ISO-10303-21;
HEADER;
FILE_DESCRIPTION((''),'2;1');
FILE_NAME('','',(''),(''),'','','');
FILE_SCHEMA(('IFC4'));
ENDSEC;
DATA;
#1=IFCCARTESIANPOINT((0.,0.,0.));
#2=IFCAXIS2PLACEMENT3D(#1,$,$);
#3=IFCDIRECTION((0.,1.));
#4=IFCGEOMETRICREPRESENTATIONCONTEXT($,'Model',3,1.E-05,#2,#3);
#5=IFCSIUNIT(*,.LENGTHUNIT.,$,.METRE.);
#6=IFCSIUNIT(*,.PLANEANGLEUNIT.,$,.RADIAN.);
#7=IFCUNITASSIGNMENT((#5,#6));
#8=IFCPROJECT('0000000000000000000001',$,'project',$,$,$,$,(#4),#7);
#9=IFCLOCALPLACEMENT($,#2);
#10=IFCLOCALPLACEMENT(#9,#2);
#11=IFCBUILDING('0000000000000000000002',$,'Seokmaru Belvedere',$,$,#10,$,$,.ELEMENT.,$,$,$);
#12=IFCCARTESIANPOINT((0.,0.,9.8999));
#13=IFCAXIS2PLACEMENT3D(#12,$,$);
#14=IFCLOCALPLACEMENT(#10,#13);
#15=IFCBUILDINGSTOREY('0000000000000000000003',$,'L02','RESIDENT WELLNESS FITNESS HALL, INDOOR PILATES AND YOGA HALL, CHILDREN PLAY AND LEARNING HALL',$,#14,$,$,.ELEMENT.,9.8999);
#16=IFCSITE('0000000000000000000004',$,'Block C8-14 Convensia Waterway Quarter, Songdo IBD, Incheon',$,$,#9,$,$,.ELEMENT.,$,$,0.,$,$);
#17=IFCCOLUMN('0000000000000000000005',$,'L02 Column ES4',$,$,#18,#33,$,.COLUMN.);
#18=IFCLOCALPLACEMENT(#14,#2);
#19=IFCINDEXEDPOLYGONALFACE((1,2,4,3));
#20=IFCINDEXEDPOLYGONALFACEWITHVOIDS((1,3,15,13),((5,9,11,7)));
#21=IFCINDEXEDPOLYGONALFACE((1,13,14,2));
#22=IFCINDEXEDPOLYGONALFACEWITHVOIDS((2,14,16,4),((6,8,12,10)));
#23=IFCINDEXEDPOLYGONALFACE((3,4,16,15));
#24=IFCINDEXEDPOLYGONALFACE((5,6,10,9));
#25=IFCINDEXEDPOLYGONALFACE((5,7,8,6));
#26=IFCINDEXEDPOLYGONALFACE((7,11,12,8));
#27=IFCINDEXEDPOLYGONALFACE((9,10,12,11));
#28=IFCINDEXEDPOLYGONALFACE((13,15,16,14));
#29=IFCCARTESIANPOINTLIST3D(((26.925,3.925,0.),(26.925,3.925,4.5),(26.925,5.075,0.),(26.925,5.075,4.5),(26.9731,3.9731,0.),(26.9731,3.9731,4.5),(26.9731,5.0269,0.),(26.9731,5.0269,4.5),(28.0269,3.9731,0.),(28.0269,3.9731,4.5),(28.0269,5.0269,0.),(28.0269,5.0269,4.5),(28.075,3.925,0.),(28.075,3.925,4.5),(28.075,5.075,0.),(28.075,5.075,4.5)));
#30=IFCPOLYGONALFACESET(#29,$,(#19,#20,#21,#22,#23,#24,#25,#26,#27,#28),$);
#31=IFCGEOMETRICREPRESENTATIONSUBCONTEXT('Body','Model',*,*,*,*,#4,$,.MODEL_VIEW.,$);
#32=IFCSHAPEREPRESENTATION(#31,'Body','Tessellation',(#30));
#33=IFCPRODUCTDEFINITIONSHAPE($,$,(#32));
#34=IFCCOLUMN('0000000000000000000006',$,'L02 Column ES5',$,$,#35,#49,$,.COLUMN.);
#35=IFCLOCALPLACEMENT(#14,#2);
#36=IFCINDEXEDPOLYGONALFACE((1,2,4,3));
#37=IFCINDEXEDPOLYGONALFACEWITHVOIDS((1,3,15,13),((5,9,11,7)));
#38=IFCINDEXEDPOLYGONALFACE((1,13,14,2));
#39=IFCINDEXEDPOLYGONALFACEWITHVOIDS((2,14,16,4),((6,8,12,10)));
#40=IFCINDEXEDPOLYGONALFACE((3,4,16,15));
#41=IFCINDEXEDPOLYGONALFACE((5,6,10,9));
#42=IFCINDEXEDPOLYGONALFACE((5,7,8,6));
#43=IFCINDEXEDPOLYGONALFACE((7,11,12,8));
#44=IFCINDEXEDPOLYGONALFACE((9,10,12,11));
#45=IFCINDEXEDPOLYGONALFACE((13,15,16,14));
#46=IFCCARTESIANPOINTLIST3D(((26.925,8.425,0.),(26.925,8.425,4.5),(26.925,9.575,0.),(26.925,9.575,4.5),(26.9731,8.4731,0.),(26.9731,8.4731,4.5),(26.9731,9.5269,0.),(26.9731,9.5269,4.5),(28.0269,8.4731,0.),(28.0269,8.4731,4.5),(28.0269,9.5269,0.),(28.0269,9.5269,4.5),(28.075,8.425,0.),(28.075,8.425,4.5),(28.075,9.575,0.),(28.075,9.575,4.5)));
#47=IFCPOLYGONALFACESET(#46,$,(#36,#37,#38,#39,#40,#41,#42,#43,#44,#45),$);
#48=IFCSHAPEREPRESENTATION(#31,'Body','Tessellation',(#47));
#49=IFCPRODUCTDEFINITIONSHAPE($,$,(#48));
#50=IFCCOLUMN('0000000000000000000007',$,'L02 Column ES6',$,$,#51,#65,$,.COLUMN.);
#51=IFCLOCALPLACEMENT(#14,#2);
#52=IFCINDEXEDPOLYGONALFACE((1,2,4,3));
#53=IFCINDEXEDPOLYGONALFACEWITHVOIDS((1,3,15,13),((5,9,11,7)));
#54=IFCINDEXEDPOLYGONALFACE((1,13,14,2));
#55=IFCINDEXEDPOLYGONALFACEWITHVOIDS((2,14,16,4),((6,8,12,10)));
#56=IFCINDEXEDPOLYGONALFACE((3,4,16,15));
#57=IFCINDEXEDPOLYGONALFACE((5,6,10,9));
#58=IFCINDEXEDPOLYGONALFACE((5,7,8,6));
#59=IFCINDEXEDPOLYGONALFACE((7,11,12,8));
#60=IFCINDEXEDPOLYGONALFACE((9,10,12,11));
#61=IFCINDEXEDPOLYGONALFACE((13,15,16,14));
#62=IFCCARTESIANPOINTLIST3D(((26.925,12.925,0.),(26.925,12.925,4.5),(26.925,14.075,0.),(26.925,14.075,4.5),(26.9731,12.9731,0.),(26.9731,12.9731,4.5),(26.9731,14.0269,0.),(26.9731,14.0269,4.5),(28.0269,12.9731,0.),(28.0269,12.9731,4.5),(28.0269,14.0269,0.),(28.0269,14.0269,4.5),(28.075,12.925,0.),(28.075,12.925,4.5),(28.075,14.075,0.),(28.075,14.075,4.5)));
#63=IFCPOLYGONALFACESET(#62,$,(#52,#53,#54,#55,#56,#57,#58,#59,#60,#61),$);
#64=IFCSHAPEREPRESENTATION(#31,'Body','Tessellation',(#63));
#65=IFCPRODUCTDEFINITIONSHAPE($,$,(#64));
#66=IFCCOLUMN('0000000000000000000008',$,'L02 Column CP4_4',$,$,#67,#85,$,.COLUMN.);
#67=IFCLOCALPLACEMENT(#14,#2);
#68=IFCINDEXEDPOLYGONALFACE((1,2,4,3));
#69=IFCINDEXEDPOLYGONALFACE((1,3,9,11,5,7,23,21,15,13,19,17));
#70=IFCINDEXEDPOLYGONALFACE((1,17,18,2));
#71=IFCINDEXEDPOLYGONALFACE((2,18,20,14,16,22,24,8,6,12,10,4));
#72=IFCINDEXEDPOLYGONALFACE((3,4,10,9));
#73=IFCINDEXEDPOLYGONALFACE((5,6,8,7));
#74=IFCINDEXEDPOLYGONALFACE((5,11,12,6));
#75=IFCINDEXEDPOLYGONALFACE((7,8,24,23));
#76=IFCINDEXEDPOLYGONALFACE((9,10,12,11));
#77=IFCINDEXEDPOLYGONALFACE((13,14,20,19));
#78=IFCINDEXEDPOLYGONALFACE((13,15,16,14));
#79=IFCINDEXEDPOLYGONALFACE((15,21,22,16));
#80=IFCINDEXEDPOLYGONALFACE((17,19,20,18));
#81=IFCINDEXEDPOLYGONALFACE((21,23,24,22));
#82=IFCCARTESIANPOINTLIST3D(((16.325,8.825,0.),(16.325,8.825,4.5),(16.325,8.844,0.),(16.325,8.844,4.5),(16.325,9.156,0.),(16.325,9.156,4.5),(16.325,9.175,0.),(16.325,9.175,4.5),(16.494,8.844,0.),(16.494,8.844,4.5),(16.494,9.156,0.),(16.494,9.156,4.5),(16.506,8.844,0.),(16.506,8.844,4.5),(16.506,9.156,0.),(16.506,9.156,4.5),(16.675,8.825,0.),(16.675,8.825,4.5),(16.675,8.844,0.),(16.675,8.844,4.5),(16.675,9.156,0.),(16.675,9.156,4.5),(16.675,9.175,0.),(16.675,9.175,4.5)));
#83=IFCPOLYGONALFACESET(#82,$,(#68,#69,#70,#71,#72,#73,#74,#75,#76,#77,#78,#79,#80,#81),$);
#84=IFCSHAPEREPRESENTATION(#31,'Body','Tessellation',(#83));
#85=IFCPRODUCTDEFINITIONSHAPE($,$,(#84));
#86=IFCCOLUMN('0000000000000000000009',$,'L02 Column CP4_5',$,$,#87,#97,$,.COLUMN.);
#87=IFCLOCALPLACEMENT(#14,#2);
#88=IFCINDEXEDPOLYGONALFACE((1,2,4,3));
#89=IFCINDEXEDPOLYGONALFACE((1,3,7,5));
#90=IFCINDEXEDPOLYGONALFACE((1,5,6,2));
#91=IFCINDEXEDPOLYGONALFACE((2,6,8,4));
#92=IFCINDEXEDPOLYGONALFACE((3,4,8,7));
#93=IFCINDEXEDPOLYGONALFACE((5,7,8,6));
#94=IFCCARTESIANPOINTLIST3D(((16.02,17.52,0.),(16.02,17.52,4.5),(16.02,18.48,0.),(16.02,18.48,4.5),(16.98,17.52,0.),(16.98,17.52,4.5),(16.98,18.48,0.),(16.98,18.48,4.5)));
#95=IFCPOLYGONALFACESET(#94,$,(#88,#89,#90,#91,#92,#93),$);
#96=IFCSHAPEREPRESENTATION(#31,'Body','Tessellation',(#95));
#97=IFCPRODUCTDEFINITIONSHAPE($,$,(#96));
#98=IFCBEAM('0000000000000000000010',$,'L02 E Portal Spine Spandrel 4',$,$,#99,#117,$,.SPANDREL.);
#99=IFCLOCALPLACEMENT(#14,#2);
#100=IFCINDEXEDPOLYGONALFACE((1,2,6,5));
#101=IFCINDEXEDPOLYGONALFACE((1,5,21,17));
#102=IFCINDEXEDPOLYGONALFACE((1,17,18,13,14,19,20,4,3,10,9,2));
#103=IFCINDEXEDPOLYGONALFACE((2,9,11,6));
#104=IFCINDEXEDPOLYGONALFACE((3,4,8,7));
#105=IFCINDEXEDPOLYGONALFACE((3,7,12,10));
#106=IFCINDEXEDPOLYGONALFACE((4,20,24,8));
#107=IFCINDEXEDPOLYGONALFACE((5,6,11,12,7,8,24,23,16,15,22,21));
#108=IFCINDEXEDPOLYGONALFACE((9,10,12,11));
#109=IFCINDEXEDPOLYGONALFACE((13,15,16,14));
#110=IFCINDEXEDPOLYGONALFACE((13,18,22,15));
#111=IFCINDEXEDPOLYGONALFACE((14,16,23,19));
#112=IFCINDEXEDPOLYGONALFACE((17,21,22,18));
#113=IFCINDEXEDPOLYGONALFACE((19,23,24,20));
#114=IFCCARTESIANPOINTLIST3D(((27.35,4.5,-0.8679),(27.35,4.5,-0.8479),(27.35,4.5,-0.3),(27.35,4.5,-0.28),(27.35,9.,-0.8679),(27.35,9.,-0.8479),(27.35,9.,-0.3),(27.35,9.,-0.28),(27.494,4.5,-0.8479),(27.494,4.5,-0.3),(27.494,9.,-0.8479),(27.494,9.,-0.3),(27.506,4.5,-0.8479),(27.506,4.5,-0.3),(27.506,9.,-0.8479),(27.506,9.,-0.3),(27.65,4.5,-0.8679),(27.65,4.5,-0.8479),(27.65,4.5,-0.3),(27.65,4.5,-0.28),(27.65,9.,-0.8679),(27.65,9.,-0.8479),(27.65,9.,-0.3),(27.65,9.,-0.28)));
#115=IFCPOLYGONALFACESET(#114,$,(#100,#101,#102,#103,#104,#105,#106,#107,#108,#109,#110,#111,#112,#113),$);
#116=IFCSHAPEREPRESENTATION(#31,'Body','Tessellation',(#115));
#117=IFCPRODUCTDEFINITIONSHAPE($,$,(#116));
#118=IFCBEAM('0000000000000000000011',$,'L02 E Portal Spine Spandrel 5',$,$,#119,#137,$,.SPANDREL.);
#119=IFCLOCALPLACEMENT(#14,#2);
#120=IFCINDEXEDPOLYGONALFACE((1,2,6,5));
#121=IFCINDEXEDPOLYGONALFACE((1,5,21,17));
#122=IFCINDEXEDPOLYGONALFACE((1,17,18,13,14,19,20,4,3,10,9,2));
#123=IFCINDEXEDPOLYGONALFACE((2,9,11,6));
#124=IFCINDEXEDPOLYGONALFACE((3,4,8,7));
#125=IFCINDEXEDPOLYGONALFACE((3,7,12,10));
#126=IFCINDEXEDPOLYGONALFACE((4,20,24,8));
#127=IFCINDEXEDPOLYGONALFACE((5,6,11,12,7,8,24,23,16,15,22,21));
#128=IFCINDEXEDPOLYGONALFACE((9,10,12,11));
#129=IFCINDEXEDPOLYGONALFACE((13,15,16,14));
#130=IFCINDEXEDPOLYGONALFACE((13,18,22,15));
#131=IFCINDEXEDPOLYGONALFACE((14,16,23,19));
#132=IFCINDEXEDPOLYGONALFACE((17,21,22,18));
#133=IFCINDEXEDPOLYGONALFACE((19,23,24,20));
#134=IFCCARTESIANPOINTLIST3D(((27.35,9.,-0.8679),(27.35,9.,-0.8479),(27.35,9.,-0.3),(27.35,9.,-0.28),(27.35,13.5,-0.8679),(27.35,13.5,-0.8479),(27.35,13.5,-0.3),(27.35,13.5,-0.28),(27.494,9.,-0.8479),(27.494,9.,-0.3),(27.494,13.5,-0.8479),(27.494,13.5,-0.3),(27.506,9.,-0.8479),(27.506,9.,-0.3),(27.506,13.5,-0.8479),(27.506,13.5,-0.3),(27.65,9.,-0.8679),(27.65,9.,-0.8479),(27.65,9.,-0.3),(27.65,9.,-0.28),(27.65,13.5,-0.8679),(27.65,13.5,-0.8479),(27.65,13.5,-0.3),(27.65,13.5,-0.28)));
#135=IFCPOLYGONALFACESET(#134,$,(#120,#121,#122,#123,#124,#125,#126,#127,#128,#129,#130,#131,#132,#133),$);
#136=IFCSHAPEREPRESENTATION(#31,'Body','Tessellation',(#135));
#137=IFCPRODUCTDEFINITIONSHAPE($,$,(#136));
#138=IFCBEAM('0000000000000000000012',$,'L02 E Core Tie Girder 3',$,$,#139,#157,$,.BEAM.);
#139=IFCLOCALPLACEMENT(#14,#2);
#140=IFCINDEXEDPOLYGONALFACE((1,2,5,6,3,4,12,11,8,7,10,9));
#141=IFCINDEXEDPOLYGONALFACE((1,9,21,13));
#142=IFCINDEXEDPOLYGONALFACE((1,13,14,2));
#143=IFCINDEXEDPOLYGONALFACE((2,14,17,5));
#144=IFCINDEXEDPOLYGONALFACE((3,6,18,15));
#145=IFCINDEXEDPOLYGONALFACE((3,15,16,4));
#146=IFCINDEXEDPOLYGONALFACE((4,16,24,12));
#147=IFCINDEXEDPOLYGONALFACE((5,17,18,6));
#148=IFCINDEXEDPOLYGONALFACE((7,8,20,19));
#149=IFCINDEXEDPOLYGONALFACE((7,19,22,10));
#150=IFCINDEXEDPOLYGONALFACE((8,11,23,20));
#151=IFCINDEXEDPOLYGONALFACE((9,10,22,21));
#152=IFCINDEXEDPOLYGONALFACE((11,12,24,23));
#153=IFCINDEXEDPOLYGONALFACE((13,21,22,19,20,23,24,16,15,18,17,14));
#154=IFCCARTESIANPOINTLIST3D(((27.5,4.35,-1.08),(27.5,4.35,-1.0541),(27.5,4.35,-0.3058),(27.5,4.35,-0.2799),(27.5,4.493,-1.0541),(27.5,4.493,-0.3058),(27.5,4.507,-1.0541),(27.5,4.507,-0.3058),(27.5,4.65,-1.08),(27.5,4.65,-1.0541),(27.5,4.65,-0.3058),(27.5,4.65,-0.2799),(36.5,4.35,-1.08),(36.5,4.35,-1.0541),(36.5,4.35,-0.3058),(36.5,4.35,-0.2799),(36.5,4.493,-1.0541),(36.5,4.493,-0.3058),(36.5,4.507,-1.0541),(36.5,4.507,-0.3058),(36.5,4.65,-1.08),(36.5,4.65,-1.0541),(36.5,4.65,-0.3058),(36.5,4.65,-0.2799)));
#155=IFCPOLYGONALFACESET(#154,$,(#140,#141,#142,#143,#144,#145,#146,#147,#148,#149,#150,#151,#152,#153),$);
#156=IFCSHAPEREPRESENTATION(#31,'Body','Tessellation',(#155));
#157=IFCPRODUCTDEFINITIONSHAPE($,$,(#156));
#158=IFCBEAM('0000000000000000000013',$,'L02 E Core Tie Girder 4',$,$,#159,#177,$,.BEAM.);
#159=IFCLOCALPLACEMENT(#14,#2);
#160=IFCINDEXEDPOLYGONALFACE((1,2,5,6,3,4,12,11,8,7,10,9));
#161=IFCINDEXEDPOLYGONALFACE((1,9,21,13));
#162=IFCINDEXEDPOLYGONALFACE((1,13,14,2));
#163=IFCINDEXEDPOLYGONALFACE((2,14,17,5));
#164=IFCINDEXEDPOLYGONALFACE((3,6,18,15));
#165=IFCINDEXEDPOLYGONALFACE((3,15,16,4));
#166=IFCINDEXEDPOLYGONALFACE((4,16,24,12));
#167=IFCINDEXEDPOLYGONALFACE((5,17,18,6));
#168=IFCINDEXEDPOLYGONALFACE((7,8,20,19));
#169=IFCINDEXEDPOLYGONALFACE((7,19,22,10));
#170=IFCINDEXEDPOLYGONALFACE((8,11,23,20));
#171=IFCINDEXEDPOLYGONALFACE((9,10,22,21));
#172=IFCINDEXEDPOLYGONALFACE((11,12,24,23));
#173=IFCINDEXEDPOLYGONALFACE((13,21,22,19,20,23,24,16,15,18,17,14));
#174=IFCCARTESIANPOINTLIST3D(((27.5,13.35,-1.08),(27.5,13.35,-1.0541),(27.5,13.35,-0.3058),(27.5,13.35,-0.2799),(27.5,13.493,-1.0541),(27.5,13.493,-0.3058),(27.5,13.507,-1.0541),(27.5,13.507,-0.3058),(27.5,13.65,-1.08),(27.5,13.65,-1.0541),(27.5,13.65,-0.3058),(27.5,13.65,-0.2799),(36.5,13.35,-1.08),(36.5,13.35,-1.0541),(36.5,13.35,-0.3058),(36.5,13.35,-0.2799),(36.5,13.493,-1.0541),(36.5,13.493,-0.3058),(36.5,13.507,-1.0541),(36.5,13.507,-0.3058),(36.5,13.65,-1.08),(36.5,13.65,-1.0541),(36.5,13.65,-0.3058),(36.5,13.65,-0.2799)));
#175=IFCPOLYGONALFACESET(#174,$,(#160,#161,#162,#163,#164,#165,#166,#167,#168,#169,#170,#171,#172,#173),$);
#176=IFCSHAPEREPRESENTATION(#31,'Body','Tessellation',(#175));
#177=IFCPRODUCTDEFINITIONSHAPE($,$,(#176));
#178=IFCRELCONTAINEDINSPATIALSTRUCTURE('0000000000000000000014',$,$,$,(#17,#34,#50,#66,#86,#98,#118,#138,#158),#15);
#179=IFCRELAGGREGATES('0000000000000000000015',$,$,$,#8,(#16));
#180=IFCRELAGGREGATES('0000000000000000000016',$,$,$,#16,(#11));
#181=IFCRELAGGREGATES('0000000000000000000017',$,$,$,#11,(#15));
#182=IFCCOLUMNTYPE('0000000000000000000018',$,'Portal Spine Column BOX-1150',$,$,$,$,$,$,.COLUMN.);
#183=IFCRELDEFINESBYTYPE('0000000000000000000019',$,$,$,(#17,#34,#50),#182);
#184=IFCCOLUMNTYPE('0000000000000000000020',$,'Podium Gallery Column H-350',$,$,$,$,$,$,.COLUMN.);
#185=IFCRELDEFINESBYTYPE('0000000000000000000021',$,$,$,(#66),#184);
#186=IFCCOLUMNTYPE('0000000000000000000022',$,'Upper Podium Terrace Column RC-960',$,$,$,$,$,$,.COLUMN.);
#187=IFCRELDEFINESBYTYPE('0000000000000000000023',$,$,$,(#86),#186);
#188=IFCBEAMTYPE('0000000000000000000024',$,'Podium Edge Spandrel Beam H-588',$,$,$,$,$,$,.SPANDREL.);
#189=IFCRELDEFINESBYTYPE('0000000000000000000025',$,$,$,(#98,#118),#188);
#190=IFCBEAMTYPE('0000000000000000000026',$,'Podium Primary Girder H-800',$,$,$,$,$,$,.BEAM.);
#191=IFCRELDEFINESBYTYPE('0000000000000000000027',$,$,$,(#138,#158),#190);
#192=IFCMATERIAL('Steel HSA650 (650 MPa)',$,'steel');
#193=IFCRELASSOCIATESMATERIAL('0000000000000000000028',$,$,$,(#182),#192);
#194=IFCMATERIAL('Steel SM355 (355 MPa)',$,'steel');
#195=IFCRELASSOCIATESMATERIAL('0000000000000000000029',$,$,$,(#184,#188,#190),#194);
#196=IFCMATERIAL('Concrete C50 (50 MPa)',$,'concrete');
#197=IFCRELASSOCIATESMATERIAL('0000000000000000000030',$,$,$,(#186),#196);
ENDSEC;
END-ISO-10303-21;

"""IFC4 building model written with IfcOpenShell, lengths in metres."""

from ifc_helpers import new_model, si_unit, direction, frame, origin, origin_2d, place, context, subcontext, project, spatial, rectangle, hollow_rectangle, i_section, extrude, source, transform, mapped, material, material_profile, profile_set, type_object, type_shapes, element, save


model = new_model("IFC4")

# Units and contexts
model_context = context("Model", 3, precision=1e-05, world=origin(), true_north=direction((0.0, 1.0)))
body_context = subcontext(model_context, "Body", "Model", "MODEL_VIEW")
ifc_project = project(units=[si_unit("LENGTHUNIT", "METRE"), si_unit("PLANEANGLEUNIT", "RADIAN")], contexts=[model_context])

# Site, building, storey
site_placement = place(None, origin())
site = spatial("IfcSite", under=ifc_project, at=site_placement, Name="Block C8-14 Convensia Waterway Quarter, Songdo IBD, Incheon", CompositionType="ELEMENT", RefElevation=0.0)
building_placement = place(site_placement, origin())
building = spatial("IfcBuilding", under=site, at=building_placement, Name="Seokmaru Belvedere", CompositionType="ELEMENT")
storey_placement = place(building_placement, frame((0.0, 0.0, 9.8999)))
storey = spatial("IfcBuildingStorey", under=building, at=storey_placement, Name="L02", Description="RESIDENT WELLNESS FITNESS HALL, INDOOR PILATES AND YOGA HALL, CHILDREN PLAY AND LEARNING HALL", CompositionType="ELEMENT", Elevation=9.8999)

# Columns
ifc_material_1 = material(Name="Steel HSA650 (650 MPa)", Category="steel")
ifc_material_profile_1 = material_profile(ifc_material_1, hollow_rectangle(XDim=1.1499, YDim=1.1499, WallThickness=0.0481, at=origin_2d()), Name="BOX-1150x1150x48")
ifc_profile_set_1 = profile_set([ifc_material_profile_1], Name="Steel HSA650 (650 MPa)")
column_type_1 = type_object("IfcColumnType", Name="Portal Spine Column BOX-1150", PredefinedType="COLUMN", material=ifc_profile_set_1)
shared_shape_1 = source(origin(), body_context, "Body", "SweptSolid", [
    extrude(hollow_rectangle(XDim=1.1499, YDim=1.1499, WallThickness=0.0481, at=origin_2d()), origin(), (0.0, 0.0, 1.0), 4.5),
])
type_shapes(column_type_1, [shared_shape_1])
for number, where, z_axis, x_axis, name in (
    (1, (27.5, 4.5, 0.0), (0.0, 0.0, 1.0), (1.0, 0.0, 0.0), "L02 Column ES4"),
    (2, (27.5, 9.0, 0.0), (0.0, 0.0, 1.0), (1.0, 0.0, 0.0), "L02 Column ES5"),
    (3, (27.5, 13.5, 0.0), (0.0, 0.0, 1.0), (1.0, 0.0, 0.0), "L02 Column ES6"),
):
    element("IfcColumn", number, at=place(storey_placement, frame(where, z_axis=z_axis, x_axis=x_axis)), inside=storey, type_object=column_type_1, Name=name, PredefinedType="COLUMN", context=body_context, shape_type="MappedRepresentation", body=[
        mapped(shared_shape_1, transform((0.0, 0.0, 0.0), scale=1.0)),
    ])
ifc_material_2 = material(Name="Steel SM355 (355 MPa)", Category="steel")
ifc_material_profile_2 = material_profile(ifc_material_2, i_section(OverallWidth=0.3501, OverallDepth=0.3501, WebThickness=0.012, FlangeThickness=0.019, at=origin_2d()), Name="H-350x350x12x19")
ifc_profile_set_2 = profile_set([ifc_material_profile_2], Name="Steel SM355 (355 MPa)")
column_type_2 = type_object("IfcColumnType", Name="Podium Gallery Column H-350", PredefinedType="COLUMN", material=ifc_profile_set_2)
shared_shape_2 = source(origin(), body_context, "Body", "SweptSolid", [
    extrude(i_section(OverallWidth=0.3501, OverallDepth=0.3501, WebThickness=0.012, FlangeThickness=0.019, at=origin_2d()), origin(), (0.0, 0.0, 1.0), 4.5),
])
type_shapes(column_type_2, [shared_shape_2])
column_1_placement = place(storey_placement, frame((16.5, 9.0, 0.0), z_axis=(0.0, 0.0, 1.0), x_axis=(1.0, 0.0, 0.0)))
element("IfcColumn", 4, at=column_1_placement, inside=storey, type_object=column_type_2, Name="L02 Column CP4_4", PredefinedType="COLUMN", context=body_context, shape_type="MappedRepresentation", body=[
    mapped(shared_shape_2, transform((0.0, 0.0, 0.0), scale=1.0)),
])
ifc_material_3 = material(Name="Concrete C50 (50 MPa)", Category="concrete")
ifc_material_profile_3 = material_profile(ifc_material_3, rectangle(XDim=0.96, YDim=0.96, at=origin_2d()), Name="RC-960x960")
ifc_profile_set_3 = profile_set([ifc_material_profile_3], Name="Concrete C50 (50 MPa)")
column_type_3 = type_object("IfcColumnType", Name="Upper Podium Terrace Column RC-960", PredefinedType="COLUMN", material=ifc_profile_set_3)
shared_shape_3 = source(origin(), body_context, "Body", "SweptSolid", [
    extrude(rectangle(XDim=0.96, YDim=0.96, at=origin_2d()), origin(), (0.0, 0.0, 1.0), 4.5),
])
type_shapes(column_type_3, [shared_shape_3])
column_2_placement = place(storey_placement, frame((16.5, 18.0, 0.0), z_axis=(0.0, 0.0, 1.0), x_axis=(1.0, 0.0, 0.0)))
element("IfcColumn", 5, at=column_2_placement, inside=storey, type_object=column_type_3, Name="L02 Column CP4_5", PredefinedType="COLUMN", context=body_context, shape_type="MappedRepresentation", body=[
    mapped(shared_shape_3, transform((0.0, 0.0, 0.0), scale=1.0)),
])

# Beams
ifc_material_profile_4 = material_profile(ifc_material_2, i_section(OverallWidth=0.3, OverallDepth=0.5879, WebThickness=0.012, FlangeThickness=0.02, at=origin_2d()), Name="H-588x300x12x20")
ifc_profile_set_4 = profile_set([ifc_material_profile_4], Name="Steel SM355 (355 MPa)")
beam_type_1 = type_object("IfcBeamType", Name="Podium Edge Spandrel Beam H-588", PredefinedType="SPANDREL", material=ifc_profile_set_4)
shared_shape_4 = source(origin(), body_context, "Body", "SweptSolid", [
    extrude(i_section(OverallWidth=0.3, OverallDepth=0.5879, WebThickness=0.012, FlangeThickness=0.02, at=origin_2d()), origin(), (0.0, 0.0, 1.0), 4.5),
])
type_shapes(beam_type_1, [shared_shape_4])
for number, where, z_axis, x_axis, name in (
    (6, (27.5, 4.5, -0.574), (0.0, 1.0, 0.0), (-1.0, 0.0, 0.0), "L02 E Portal Spine Spandrel 4"),
    (7, (27.5, 9.0, -0.574), (0.0, 1.0, 0.0), (-1.0, 0.0, 0.0), "L02 E Portal Spine Spandrel 5"),
):
    element("IfcBeam", number, at=place(storey_placement, frame(where, z_axis=z_axis, x_axis=x_axis)), inside=storey, type_object=beam_type_1, Name=name, PredefinedType="SPANDREL", context=body_context, shape_type="MappedRepresentation", body=[
        mapped(shared_shape_4, transform((0.0, 0.0, 0.0), scale=1.0)),
    ])
ifc_material_profile_5 = material_profile(ifc_material_2, i_section(OverallWidth=0.3, OverallDepth=0.8, WebThickness=0.0139, FlangeThickness=0.0259, at=origin_2d()), Name="H-800x300x14x26")
ifc_profile_set_5 = profile_set([ifc_material_profile_5], Name="Steel SM355 (355 MPa)")
beam_type_2 = type_object("IfcBeamType", Name="Podium Primary Girder H-800", PredefinedType="BEAM", material=ifc_profile_set_5)
shared_shape_5 = source(origin(), body_context, "Body", "SweptSolid", [
    extrude(i_section(OverallWidth=0.3, OverallDepth=0.8, WebThickness=0.0139, FlangeThickness=0.0259, at=origin_2d()), origin(), (0.0, 0.0, 1.0), 9.0),
])
for number, where, z_axis, x_axis, name in (
    (8, (27.5, 4.5, -0.6799), (1.0, 0.0, 0.0), (0.0, 1.0, 0.0), "L02 E Core Tie Girder 3"),
    (9, (27.5, 13.5, -0.6799), (1.0, 0.0, 0.0), (0.0, 1.0, 0.0), "L02 E Core Tie Girder 4"),
):
    element("IfcBeam", number, at=place(storey_placement, frame(where, z_axis=z_axis, x_axis=x_axis)), inside=storey, type_object=beam_type_2, Name=name, PredefinedType="BEAM", context=body_context, shape_type="MappedRepresentation", body=[
        mapped(shared_shape_5, transform((0.0, 0.0, 0.0), scale=1.0)),
    ])

save(model, "model.ifc")
